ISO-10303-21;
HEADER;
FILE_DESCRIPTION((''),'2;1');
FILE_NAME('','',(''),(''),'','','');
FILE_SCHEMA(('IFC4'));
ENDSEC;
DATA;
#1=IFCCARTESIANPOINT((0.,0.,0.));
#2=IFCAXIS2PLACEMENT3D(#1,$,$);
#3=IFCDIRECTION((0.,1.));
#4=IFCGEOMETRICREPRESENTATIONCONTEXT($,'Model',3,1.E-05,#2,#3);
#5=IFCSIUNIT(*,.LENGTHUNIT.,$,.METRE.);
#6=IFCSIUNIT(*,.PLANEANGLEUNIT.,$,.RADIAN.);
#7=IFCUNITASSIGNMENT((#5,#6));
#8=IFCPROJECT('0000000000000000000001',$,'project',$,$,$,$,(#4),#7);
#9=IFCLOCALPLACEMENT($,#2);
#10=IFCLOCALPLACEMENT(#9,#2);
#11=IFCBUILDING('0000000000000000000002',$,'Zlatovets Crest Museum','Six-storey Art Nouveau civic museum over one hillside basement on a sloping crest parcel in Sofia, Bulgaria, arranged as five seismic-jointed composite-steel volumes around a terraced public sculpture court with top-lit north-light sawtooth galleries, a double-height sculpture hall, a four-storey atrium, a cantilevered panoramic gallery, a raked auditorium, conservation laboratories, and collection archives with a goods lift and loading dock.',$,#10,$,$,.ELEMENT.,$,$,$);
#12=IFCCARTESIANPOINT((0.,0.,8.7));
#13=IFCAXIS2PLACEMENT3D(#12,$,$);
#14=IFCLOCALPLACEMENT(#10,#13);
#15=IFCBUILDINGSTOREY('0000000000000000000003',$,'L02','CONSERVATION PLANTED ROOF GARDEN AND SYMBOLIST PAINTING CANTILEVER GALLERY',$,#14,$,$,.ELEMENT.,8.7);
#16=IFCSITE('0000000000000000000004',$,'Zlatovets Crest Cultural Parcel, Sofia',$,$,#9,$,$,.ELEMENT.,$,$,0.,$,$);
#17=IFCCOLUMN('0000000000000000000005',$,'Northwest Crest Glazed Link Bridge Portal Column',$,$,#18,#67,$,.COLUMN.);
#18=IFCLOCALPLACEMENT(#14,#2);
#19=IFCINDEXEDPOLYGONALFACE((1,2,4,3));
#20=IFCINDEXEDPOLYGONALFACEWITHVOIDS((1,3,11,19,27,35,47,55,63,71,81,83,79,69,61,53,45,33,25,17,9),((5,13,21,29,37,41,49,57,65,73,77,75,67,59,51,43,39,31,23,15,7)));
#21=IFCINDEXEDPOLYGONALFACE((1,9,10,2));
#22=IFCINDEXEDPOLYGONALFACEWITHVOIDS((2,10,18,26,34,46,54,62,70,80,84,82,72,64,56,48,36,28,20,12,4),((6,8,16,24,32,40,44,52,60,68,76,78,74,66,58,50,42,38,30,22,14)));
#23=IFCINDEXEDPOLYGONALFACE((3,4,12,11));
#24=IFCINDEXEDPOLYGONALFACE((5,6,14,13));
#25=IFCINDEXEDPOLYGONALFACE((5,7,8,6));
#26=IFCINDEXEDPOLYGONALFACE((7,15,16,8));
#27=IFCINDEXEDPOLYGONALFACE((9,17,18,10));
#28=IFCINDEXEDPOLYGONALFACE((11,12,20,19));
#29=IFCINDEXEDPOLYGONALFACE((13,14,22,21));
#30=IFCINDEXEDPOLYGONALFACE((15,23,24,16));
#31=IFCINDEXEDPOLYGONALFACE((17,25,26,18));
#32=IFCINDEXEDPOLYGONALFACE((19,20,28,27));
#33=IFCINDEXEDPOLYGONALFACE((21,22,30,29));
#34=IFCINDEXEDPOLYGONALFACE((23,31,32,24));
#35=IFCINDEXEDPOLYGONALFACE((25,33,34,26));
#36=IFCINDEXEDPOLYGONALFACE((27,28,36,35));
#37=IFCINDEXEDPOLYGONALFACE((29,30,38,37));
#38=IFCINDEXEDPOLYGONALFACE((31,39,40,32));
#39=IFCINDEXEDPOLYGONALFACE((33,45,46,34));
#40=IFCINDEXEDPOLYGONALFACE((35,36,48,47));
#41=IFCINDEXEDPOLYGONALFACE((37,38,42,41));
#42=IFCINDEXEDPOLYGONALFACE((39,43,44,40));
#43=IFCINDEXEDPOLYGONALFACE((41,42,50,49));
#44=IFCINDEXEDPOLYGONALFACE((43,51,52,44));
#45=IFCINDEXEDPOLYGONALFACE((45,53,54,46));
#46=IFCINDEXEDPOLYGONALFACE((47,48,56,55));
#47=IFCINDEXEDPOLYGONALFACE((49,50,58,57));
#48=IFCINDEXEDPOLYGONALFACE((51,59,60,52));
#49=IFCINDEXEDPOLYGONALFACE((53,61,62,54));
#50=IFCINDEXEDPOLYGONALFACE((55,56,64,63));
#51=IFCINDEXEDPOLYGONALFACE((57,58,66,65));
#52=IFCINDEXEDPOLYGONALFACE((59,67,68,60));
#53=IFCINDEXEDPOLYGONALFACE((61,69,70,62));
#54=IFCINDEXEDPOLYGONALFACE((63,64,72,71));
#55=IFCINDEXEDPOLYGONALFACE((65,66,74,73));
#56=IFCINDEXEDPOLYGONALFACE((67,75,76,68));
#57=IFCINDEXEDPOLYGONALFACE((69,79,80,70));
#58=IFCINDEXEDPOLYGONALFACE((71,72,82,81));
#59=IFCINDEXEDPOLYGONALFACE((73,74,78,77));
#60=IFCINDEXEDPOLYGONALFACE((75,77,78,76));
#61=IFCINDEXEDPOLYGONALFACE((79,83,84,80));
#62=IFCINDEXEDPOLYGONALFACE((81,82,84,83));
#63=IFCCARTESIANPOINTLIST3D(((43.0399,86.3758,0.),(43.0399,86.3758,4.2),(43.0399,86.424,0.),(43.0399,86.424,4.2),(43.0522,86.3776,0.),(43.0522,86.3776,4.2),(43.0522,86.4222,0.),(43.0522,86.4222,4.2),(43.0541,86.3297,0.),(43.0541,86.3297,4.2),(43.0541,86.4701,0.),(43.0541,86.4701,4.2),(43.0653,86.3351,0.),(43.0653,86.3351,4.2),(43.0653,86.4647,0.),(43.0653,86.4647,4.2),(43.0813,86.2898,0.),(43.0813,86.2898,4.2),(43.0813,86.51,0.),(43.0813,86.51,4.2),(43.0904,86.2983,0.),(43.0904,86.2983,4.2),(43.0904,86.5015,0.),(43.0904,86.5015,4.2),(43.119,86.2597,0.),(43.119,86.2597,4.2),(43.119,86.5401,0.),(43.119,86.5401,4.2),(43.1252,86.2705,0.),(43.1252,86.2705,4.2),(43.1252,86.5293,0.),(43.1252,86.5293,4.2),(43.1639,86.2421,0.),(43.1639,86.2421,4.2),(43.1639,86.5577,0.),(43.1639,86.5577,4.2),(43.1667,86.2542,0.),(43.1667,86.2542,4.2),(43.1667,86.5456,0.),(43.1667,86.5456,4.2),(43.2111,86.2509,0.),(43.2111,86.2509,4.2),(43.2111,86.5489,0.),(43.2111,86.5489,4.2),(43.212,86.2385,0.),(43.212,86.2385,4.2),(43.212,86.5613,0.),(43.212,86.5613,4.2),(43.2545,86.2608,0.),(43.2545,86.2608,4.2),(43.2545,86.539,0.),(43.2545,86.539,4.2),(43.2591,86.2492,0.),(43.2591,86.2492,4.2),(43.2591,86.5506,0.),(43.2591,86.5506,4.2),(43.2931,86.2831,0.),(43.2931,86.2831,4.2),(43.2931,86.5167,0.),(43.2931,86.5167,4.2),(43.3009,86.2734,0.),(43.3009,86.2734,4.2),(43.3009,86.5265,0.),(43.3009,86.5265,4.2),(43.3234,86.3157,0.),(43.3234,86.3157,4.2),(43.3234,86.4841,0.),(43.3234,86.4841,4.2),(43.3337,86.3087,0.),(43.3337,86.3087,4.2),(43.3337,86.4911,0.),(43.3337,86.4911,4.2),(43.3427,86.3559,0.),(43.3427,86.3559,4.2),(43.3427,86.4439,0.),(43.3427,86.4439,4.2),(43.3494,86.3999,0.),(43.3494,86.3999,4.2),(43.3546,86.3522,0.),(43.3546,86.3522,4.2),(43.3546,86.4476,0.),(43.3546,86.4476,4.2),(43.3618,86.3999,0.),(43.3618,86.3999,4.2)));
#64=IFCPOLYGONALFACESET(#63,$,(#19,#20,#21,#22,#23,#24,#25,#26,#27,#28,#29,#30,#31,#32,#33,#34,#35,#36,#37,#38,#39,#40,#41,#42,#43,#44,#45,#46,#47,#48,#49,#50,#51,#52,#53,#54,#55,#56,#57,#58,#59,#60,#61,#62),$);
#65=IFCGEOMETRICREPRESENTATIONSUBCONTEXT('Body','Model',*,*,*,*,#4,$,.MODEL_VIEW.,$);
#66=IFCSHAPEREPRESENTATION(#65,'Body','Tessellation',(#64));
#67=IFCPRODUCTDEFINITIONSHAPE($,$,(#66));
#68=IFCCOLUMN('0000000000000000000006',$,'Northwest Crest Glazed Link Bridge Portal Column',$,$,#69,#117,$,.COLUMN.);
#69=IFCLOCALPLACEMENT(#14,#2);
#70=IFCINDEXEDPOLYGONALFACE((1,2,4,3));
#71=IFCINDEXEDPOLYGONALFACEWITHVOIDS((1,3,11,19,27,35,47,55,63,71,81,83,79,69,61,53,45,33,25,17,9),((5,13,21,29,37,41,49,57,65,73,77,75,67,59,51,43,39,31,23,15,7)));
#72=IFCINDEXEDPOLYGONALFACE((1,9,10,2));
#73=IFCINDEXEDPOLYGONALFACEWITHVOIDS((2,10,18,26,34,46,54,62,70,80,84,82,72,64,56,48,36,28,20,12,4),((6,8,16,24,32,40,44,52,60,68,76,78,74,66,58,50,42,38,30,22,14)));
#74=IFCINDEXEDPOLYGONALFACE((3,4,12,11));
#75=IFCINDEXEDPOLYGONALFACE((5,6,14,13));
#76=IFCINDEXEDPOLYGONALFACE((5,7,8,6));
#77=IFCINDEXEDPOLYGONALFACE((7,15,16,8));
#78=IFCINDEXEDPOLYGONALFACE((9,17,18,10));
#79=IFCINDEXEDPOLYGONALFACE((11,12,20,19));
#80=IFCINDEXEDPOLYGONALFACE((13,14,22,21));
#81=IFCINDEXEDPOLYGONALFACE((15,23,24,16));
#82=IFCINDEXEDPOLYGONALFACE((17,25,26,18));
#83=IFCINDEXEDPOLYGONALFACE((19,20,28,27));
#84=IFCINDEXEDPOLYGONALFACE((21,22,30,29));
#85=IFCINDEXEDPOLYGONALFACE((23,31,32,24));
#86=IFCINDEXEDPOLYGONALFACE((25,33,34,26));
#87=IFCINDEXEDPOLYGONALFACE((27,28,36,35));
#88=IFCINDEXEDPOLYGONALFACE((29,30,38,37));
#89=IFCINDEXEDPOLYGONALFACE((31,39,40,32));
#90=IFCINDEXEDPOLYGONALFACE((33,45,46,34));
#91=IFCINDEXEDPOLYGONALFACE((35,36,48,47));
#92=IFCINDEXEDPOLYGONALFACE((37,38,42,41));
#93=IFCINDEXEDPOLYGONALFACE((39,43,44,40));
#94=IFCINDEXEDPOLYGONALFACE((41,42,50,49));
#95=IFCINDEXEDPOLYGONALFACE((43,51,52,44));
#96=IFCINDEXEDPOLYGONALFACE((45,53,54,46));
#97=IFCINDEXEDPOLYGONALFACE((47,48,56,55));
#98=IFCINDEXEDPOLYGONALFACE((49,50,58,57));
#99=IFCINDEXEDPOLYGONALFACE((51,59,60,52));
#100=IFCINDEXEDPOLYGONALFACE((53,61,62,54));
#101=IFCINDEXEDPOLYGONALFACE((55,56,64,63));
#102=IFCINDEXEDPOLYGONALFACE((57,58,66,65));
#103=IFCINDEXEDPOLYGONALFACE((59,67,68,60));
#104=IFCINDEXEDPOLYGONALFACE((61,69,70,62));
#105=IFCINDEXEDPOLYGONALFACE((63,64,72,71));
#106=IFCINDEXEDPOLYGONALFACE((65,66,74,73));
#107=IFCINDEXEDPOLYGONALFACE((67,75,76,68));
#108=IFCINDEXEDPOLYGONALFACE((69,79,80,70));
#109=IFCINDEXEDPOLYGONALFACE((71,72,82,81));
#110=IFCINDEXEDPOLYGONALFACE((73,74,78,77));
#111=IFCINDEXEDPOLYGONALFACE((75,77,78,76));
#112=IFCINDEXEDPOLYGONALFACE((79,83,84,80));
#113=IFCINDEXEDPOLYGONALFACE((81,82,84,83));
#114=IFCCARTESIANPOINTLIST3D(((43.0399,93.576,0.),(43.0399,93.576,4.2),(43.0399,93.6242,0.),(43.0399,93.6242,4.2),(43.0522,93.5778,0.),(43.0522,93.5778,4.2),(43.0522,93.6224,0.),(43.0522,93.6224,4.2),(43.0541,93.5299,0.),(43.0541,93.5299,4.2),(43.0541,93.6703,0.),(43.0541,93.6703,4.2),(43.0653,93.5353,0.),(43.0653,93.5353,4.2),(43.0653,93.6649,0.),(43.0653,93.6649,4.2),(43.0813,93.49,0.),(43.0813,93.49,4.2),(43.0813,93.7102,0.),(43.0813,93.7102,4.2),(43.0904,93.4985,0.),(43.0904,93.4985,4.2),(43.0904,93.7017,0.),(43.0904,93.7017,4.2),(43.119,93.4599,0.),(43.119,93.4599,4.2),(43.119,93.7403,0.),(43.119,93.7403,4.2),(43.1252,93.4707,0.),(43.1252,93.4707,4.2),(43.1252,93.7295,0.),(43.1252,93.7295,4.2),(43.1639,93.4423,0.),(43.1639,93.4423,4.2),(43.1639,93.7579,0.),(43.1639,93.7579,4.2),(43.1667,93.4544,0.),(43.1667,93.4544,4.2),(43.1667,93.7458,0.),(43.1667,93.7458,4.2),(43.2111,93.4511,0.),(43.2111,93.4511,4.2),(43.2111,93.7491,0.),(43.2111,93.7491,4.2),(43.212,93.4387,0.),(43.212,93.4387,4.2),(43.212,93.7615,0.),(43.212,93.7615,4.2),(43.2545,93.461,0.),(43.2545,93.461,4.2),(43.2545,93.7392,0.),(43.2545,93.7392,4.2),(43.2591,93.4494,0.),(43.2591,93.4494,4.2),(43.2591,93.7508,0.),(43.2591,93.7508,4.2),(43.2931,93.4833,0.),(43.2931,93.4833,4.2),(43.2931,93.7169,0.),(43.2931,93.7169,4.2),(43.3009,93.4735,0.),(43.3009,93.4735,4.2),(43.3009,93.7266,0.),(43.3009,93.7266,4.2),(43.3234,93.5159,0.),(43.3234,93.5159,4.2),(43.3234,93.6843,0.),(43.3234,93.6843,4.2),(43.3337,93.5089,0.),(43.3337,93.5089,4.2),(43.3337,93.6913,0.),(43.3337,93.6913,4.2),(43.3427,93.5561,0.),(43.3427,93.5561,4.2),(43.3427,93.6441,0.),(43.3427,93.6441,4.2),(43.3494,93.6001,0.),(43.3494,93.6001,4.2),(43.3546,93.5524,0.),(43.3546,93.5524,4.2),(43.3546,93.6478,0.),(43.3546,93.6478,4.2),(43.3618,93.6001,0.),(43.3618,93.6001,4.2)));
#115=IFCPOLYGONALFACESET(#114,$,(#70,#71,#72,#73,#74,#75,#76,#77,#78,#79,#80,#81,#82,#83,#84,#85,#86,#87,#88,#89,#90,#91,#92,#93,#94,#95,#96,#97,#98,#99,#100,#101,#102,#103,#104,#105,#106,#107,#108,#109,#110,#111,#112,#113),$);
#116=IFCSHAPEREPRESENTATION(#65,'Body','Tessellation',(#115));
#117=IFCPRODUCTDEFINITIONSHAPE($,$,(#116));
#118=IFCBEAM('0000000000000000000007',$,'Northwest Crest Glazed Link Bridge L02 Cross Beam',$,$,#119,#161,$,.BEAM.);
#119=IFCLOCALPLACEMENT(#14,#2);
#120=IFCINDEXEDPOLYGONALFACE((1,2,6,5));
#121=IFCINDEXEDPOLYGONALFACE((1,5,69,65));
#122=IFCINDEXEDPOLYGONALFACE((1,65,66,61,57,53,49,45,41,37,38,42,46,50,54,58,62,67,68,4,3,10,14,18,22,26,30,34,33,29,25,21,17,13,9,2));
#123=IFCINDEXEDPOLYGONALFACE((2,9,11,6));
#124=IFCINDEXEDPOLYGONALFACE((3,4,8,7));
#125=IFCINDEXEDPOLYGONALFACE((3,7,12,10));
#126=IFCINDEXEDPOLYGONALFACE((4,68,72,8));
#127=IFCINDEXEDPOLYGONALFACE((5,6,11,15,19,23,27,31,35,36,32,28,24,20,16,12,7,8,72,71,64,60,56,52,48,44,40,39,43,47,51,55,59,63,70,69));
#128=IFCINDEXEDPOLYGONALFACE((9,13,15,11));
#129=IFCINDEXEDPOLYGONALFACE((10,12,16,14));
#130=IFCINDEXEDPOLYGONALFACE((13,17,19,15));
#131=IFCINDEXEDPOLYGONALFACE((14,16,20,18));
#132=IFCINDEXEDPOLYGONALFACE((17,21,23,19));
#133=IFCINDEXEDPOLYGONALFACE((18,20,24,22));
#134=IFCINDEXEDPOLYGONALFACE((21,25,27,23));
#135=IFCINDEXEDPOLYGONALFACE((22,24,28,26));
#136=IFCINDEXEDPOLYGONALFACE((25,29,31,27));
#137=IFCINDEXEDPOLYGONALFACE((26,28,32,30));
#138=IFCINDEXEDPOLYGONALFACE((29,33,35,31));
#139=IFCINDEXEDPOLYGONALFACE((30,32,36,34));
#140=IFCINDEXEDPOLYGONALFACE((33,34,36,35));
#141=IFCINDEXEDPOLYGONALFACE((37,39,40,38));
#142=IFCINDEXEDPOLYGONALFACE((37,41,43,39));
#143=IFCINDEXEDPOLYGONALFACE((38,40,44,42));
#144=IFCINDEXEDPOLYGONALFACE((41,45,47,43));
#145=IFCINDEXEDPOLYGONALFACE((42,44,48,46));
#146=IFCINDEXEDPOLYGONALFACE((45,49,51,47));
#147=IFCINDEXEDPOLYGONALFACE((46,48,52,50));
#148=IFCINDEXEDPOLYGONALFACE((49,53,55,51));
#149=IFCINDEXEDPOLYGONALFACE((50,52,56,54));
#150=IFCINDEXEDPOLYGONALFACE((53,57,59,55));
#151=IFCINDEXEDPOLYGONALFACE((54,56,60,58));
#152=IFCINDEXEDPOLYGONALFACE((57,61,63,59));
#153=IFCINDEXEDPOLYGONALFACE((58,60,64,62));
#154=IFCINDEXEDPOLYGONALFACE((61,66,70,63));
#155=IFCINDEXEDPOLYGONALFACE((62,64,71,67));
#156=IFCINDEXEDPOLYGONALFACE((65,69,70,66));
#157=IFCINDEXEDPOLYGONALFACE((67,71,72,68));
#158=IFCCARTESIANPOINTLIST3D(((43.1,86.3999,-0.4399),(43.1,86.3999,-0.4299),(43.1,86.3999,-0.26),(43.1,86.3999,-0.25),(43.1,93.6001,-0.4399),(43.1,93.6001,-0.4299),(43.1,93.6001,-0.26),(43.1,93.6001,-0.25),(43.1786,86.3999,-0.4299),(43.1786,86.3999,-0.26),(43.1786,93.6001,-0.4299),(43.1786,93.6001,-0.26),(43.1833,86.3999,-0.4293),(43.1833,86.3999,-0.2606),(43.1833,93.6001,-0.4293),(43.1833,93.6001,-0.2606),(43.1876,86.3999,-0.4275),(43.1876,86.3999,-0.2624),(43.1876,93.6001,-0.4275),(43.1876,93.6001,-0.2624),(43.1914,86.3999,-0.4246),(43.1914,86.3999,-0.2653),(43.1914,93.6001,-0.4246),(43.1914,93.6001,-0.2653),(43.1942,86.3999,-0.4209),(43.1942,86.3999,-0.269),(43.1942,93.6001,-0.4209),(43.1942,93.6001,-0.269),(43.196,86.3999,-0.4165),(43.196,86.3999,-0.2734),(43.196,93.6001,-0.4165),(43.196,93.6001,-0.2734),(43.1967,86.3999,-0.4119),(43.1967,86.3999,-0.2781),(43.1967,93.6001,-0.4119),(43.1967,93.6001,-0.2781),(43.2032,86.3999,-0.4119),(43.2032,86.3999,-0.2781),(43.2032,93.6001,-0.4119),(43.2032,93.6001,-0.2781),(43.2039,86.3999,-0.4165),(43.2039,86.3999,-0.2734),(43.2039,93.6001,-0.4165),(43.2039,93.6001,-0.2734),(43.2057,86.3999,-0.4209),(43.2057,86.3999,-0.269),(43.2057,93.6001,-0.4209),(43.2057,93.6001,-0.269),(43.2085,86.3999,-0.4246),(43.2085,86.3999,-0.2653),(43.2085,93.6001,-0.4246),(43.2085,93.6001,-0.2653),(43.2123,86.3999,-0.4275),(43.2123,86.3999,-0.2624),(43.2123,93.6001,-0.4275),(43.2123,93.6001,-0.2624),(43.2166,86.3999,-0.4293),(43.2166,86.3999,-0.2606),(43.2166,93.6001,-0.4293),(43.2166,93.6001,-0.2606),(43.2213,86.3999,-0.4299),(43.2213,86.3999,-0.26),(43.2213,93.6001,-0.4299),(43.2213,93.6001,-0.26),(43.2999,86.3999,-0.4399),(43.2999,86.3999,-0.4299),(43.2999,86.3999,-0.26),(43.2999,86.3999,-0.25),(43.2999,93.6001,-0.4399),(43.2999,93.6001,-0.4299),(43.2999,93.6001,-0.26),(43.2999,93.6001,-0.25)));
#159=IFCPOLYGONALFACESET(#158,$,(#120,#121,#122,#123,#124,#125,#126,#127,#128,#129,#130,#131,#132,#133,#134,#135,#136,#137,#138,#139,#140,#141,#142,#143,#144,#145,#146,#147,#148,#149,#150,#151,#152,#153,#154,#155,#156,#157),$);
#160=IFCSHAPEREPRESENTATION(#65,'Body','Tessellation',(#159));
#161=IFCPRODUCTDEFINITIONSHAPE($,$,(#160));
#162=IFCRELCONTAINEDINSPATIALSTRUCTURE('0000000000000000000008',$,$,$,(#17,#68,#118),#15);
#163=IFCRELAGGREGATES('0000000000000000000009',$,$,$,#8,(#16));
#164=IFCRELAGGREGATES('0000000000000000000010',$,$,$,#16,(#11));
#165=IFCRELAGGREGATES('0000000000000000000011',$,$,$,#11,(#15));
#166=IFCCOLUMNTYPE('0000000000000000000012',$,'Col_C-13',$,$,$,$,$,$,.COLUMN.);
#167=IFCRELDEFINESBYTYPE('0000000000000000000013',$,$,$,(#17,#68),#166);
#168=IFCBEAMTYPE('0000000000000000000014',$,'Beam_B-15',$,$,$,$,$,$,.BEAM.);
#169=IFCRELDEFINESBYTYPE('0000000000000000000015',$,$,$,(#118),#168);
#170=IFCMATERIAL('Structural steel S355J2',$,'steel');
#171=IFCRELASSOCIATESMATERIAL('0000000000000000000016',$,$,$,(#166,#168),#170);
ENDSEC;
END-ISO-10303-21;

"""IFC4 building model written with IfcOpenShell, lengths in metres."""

from ifc_helpers import new_model, si_unit, direction, frame, origin, origin_2d, place, context, subcontext, project, spatial, hollow_circle, i_section, extrude, material, material_profile, profile_set, type_object, element, save


model = new_model("IFC4")

# Units and contexts
model_context = context("Model", 3, precision=1e-05, world=origin(), true_north=direction((0.0, 1.0)))
body_context = subcontext(model_context, "Body", "Model", "MODEL_VIEW")
ifc_project = project(units=[si_unit("LENGTHUNIT", "METRE"), si_unit("PLANEANGLEUNIT", "RADIAN")], contexts=[model_context])

# Site, building, storey
site_placement = place(None, origin())
site = spatial("IfcSite", under=ifc_project, at=site_placement, Name="Zlatovets Crest Cultural Parcel, Sofia", CompositionType="ELEMENT", RefElevation=0.0)
building_placement = place(site_placement, origin())
building = spatial("IfcBuilding", under=site, at=building_placement, Name="Zlatovets Crest Museum", Description="Six-storey Art Nouveau civic museum over one hillside basement on a sloping crest parcel in Sofia, Bulgaria, arranged as five seismic-jointed composite-steel volumes around a terraced public sculpture court with top-lit north-light sawtooth galleries, a double-height sculpture hall, a four-storey atrium, a cantilevered panoramic gallery, a raked auditorium, conservation laboratories, and collection archives with a goods lift and loading dock.", CompositionType="ELEMENT")
storey_placement = place(building_placement, frame((0.0, 0.0, 8.7)))
storey = spatial("IfcBuildingStorey", under=building, at=storey_placement, Name="L02", Description="CONSERVATION PLANTED ROOF GARDEN AND SYMBOLIST PAINTING CANTILEVER GALLERY", CompositionType="ELEMENT", Elevation=8.7)

# Columns
ifc_material_1 = material(Name="Structural steel S355J2", Category="steel")
ifc_material_profile_1 = material_profile(ifc_material_1, hollow_circle(Radius=0.1619, WallThickness=0.0125, at=origin_2d()), Name="CHS 323.9x12.5")
ifc_profile_set_1 = profile_set([ifc_material_profile_1], Name="Structural steel S355J2")
column_type = type_object("IfcColumnType", Name="Col_C-13", PredefinedType="COLUMN", material=ifc_profile_set_1)
for number, where, z_axis, x_axis, name in (
    (1, (43.2, 86.3999, 0.0), (0.0, 0.0, 1.0), (1.0, 0.0, 0.0), "Northwest Crest Glazed Link Bridge Portal Column"),
    (2, (43.2, 93.6001, 0.0), (0.0, 0.0, 1.0), (1.0, 0.0, 0.0), "Northwest Crest Glazed Link Bridge Portal Column"),
):
    element("IfcColumn", number, at=place(storey_placement, frame(where, z_axis=z_axis, x_axis=x_axis)), inside=storey, type_object=column_type, Name=name, PredefinedType="COLUMN", context=body_context, shape_type="SweptSolid", body=[
        extrude(hollow_circle(Radius=0.1619, WallThickness=0.0125, at=origin_2d()), origin(), (0.0, 0.0, 1.0), 4.2),
    ])

# Beam
ifc_material_profile_2 = material_profile(ifc_material_1, i_section(OverallWidth=0.2, OverallDepth=0.1899, WebThickness=0.0066, FlangeThickness=0.01, FilletRadius=0.0181, at=origin_2d()), Name="HEA 200")
ifc_profile_set_2 = profile_set([ifc_material_profile_2], Name="Structural steel S355J2")
beam_type_1 = type_object("IfcBeamType", Name="Beam_B-15", PredefinedType="BEAM", material=ifc_profile_set_2)
beam_placement = place(storey_placement, frame((43.2, 86.3999, -0.345), z_axis=(0.0, 1.0, 0.0), x_axis=(-1.0, 0.0, 0.0)))
element("IfcBeam", 3, at=beam_placement, inside=storey, type_object=beam_type_1, Name="Northwest Crest Glazed Link Bridge L02 Cross Beam", PredefinedType="BEAM", context=body_context, shape_type="SweptSolid", body=[
    extrude(i_section(OverallWidth=0.2, OverallDepth=0.1899, WebThickness=0.0066, FlangeThickness=0.01, FilletRadius=0.0181, at=origin_2d()), origin(), (0.0, 0.0, 1.0), 7.2002),
])

save(model, "model.ifc")
